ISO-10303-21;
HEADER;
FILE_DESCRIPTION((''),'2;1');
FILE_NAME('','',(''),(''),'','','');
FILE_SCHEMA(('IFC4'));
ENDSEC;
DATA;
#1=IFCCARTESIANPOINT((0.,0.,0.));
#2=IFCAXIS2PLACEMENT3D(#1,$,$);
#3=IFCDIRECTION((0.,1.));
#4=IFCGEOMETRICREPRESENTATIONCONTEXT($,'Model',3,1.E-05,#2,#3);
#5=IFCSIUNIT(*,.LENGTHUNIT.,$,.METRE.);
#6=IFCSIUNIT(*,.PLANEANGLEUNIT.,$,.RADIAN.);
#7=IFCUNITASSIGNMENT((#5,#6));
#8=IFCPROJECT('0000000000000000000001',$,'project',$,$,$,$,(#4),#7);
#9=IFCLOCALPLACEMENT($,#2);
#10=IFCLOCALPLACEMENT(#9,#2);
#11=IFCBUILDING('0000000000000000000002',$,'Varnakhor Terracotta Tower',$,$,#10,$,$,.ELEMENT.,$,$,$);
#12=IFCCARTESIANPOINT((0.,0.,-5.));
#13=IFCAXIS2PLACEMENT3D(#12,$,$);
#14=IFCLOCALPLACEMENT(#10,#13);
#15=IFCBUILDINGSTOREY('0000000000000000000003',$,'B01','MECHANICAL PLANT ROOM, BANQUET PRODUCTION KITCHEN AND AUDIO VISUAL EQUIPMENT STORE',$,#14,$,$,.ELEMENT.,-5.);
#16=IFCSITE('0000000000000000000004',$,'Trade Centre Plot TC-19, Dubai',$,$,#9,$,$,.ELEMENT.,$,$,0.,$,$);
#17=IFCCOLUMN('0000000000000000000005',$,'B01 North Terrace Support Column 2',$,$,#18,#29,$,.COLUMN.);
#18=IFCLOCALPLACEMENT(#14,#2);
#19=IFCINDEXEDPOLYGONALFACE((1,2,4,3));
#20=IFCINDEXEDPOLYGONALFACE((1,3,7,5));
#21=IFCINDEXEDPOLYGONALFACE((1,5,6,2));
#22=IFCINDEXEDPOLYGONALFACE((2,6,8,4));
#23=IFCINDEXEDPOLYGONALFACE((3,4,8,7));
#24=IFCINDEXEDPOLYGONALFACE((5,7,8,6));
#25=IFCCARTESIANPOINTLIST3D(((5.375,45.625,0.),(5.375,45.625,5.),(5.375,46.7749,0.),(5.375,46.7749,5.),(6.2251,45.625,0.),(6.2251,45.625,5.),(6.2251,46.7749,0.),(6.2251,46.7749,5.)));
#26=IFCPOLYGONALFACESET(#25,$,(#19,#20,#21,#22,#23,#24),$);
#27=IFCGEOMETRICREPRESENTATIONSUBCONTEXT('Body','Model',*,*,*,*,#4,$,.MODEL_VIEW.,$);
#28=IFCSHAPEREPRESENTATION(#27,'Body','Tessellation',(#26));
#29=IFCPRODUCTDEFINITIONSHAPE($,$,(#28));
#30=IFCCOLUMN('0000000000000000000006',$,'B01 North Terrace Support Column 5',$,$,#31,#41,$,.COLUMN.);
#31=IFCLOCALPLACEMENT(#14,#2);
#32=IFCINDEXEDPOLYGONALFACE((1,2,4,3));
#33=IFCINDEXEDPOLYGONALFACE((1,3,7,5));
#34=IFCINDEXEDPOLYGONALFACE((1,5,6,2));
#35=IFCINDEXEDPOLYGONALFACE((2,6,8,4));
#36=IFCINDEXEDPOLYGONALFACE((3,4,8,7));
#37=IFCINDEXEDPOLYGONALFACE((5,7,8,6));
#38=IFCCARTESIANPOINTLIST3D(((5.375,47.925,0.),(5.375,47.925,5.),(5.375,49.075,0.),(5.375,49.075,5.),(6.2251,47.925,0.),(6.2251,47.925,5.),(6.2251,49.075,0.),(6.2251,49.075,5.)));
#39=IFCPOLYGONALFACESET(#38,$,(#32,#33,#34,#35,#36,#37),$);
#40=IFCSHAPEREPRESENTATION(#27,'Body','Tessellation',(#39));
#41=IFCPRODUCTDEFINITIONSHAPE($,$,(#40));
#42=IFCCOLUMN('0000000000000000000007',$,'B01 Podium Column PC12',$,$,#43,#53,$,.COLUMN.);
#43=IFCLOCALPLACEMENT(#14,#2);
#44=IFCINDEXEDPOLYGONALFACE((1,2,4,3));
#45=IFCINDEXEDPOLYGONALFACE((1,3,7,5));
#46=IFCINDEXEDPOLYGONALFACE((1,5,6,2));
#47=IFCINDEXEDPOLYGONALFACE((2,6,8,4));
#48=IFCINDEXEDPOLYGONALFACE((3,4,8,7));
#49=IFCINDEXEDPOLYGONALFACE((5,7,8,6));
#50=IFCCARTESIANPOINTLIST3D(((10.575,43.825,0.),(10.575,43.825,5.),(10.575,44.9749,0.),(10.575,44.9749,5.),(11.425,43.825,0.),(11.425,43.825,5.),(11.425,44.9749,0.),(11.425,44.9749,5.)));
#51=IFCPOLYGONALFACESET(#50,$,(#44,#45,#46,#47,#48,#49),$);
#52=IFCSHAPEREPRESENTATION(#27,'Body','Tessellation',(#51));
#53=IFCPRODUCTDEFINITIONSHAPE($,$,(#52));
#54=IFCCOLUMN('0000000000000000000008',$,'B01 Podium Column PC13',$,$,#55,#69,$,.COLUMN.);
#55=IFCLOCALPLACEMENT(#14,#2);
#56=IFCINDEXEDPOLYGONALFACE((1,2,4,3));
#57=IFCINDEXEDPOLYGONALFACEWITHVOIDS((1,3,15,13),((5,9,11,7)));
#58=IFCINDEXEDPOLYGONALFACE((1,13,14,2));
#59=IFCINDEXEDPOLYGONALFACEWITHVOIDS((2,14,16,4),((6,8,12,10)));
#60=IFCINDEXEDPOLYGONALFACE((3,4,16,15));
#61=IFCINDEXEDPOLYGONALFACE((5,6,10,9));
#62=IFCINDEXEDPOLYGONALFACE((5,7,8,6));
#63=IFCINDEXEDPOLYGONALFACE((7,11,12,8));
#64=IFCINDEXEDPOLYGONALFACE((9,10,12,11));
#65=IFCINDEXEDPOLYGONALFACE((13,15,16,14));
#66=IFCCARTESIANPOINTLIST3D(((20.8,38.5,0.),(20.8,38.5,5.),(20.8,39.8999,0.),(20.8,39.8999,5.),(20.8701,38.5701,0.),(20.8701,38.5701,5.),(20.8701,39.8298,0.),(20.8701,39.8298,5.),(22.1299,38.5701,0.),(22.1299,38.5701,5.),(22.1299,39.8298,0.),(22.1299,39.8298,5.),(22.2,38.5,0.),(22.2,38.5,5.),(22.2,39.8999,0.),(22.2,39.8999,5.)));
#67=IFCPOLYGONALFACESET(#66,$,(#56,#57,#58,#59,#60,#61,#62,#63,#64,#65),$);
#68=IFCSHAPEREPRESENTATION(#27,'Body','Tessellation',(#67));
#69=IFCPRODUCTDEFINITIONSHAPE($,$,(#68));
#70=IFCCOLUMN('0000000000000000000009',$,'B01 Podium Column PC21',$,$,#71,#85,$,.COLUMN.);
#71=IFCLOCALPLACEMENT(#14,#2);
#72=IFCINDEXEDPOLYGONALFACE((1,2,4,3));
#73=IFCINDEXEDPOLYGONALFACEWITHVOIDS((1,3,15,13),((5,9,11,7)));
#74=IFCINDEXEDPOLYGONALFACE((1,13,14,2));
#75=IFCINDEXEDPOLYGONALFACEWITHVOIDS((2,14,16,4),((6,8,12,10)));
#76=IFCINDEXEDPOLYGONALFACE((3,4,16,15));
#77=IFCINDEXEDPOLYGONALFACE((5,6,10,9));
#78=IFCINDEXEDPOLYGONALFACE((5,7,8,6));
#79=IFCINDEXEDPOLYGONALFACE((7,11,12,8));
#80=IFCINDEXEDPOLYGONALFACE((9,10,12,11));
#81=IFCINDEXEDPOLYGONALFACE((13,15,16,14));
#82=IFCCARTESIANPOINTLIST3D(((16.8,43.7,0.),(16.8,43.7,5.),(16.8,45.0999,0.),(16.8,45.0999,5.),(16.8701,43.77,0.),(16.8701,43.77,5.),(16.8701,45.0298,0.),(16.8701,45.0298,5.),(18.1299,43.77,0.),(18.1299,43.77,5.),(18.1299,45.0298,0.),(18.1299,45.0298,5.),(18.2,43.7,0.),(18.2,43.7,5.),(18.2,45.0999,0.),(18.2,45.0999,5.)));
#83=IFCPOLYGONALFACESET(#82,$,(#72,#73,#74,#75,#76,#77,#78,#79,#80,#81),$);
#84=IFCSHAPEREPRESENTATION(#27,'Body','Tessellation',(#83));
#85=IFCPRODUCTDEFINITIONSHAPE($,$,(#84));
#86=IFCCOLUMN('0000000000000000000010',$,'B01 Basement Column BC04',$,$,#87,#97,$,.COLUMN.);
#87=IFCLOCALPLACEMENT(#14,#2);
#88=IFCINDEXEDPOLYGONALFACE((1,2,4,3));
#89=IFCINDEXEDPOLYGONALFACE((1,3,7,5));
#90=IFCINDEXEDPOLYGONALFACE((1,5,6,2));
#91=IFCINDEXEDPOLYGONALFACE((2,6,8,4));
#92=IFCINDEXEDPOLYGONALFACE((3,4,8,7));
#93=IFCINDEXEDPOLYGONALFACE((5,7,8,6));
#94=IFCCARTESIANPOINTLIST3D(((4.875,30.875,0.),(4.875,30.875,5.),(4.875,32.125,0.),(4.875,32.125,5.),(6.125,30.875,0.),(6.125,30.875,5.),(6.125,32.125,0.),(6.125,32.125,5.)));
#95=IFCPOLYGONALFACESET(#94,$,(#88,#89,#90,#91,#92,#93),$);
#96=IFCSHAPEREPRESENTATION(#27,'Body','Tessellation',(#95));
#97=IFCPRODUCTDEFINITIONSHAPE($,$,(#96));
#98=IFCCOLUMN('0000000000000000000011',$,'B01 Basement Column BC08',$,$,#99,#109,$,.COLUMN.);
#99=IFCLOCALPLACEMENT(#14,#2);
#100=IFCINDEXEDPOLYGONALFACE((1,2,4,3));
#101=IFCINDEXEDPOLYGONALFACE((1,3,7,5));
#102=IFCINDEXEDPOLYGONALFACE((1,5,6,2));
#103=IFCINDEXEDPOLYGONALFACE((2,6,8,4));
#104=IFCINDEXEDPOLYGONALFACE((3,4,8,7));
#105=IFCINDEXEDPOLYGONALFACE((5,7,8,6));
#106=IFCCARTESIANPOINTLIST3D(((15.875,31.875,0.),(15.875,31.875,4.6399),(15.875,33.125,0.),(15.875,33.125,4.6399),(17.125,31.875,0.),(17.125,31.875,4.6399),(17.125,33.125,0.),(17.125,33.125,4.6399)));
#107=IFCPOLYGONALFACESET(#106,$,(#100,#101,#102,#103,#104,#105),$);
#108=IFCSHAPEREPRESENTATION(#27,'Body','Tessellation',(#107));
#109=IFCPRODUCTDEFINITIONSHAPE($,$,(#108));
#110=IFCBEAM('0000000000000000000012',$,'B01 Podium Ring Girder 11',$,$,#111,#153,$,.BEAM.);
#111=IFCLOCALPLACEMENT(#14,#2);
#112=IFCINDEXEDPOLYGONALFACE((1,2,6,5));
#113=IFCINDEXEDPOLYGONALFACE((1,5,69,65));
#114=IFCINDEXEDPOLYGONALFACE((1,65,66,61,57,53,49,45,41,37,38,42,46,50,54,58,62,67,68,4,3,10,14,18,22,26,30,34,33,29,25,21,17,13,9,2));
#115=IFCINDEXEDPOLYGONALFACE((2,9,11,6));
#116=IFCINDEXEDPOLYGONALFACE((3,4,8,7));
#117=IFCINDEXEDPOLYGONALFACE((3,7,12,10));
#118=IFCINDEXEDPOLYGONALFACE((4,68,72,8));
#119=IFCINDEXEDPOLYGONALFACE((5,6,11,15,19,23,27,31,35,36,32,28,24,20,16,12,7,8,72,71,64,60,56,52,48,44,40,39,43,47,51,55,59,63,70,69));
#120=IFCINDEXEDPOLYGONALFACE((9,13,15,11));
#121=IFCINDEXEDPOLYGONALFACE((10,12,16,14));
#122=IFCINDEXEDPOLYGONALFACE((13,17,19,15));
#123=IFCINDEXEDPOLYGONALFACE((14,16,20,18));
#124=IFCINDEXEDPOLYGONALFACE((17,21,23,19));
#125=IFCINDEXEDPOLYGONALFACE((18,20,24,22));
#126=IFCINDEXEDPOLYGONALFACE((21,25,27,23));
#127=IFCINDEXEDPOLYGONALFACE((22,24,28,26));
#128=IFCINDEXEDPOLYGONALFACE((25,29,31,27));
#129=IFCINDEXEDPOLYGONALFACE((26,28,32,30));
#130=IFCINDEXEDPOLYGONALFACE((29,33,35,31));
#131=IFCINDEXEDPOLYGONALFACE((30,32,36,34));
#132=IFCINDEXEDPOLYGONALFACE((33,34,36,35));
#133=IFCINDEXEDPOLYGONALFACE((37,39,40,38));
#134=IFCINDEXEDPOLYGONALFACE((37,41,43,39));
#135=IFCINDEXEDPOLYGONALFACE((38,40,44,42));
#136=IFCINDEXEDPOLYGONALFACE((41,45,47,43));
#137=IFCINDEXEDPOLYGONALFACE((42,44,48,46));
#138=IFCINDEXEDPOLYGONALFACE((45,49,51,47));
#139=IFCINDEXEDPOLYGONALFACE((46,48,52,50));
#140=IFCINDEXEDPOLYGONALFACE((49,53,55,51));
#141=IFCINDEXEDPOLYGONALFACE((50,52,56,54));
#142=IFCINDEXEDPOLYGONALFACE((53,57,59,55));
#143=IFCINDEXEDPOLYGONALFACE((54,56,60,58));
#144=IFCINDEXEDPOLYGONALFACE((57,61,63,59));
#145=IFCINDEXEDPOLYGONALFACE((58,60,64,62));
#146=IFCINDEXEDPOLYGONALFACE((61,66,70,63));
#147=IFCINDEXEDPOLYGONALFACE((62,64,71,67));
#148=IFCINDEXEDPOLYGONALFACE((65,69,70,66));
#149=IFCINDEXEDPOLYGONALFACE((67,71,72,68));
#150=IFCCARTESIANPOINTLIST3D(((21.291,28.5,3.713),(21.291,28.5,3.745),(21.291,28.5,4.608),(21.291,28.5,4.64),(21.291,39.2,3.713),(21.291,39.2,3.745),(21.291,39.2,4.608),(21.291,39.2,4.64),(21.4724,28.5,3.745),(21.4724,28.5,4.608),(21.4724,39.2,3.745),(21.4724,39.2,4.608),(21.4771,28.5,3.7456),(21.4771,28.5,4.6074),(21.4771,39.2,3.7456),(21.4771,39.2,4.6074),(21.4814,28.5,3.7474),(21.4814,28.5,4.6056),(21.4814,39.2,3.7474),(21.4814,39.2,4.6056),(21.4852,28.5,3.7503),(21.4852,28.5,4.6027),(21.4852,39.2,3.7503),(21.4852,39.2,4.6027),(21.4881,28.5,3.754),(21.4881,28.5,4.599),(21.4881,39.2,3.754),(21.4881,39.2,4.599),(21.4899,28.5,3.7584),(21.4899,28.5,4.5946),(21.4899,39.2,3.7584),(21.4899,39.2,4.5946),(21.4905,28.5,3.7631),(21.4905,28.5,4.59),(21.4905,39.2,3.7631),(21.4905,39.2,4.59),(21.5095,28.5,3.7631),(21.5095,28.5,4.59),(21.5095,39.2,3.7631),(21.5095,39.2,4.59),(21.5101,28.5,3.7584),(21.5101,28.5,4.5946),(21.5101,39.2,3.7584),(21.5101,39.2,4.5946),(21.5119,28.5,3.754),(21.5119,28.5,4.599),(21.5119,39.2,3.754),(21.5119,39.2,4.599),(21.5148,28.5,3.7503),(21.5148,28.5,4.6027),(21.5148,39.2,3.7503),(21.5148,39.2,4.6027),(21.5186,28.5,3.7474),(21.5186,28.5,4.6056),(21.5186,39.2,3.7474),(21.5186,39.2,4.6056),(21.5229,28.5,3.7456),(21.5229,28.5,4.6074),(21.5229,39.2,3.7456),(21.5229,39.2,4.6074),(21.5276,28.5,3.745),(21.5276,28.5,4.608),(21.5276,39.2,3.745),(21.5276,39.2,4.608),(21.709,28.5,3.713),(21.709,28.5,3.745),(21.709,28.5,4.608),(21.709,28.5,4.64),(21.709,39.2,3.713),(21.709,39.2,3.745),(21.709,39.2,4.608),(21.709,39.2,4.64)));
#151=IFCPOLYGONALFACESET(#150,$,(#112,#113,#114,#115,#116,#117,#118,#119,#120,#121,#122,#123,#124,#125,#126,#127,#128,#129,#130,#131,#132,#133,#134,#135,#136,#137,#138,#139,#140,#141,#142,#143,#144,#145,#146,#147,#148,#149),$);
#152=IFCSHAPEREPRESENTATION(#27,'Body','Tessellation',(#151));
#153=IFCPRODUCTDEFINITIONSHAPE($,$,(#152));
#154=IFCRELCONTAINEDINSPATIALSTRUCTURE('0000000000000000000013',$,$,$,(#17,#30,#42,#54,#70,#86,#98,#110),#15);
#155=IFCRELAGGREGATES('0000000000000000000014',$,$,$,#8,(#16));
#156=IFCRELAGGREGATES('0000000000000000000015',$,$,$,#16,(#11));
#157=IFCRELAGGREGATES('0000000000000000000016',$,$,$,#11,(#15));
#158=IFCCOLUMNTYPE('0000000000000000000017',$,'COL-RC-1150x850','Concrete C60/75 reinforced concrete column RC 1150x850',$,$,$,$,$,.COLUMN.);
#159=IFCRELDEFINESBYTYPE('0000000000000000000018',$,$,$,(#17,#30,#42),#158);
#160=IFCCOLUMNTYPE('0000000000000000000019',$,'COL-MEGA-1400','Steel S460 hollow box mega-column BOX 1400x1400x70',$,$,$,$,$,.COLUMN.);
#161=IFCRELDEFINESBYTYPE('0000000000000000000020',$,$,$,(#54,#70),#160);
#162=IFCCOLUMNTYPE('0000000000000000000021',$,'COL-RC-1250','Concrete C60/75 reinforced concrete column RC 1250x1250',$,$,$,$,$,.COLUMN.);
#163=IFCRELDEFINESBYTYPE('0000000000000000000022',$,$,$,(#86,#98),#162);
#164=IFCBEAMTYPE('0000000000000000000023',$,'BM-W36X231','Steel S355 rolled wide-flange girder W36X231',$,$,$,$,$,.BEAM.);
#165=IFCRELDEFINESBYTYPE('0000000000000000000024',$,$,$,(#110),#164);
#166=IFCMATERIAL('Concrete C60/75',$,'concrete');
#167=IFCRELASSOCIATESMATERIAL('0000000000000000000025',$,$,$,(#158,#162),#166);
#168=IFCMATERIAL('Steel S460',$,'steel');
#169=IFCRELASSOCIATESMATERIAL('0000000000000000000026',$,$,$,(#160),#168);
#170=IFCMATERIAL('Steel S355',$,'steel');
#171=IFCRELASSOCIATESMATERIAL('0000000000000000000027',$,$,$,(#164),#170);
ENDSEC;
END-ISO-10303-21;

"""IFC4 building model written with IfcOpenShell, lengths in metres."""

from ifc_helpers import new_model, si_unit, direction, frame, origin, origin_2d, place, context, subcontext, project, spatial, rectangle, hollow_rectangle, i_section, extrude, source, transform, mapped, material, material_profile, profile_set, type_object, type_shapes, element, save


model = new_model("IFC4")

# Units and contexts
model_context = context("Model", 3, precision=1e-05, world=origin(), true_north=direction((0.0, 1.0)))
body_context = subcontext(model_context, "Body", "Model", "MODEL_VIEW")
ifc_project = project(units=[si_unit("LENGTHUNIT", "METRE"), si_unit("PLANEANGLEUNIT", "RADIAN")], contexts=[model_context])

# Site, building, storey
site_placement = place(None, origin())
site = spatial("IfcSite", under=ifc_project, at=site_placement, Name="Trade Centre Plot TC-19, Dubai", CompositionType="ELEMENT", RefElevation=0.0)
building_placement = place(site_placement, origin())
building = spatial("IfcBuilding", under=site, at=building_placement, Name="Varnakhor Terracotta Tower", CompositionType="ELEMENT")
storey_placement = place(building_placement, frame((0.0, 0.0, -5.0)))
storey = spatial("IfcBuildingStorey", under=building, at=storey_placement, Name="B01", Description="MECHANICAL PLANT ROOM, BANQUET PRODUCTION KITCHEN AND AUDIO VISUAL EQUIPMENT STORE", CompositionType="ELEMENT", Elevation=-5.0)

# Columns
ifc_material_1 = material(Name="Concrete C60/75", Category="concrete")
ifc_material_profile_1 = material_profile(ifc_material_1, rectangle(XDim=0.8501, YDim=1.1499, at=origin_2d()), Name="RC 1150x850")
ifc_profile_set_1 = profile_set([ifc_material_profile_1], Name="Concrete C60/75")
column_type_1 = type_object("IfcColumnType", Name="COL-RC-1150x850", Description="Concrete C60/75 reinforced concrete column RC 1150x850", PredefinedType="COLUMN", material=ifc_profile_set_1)
shared_shape_1 = source(origin(), body_context, "Body", "SweptSolid", [
    extrude(rectangle(XDim=0.8501, YDim=1.1499, at=origin_2d()), origin(), (0.0, 0.0, 1.0), 5.0),
])
type_shapes(column_type_1, [shared_shape_1])
for number, where, z_axis, x_axis, name in (
    (1, (5.8, 46.2, 0.0), (0.0, 0.0, 1.0), (1.0, 0.0, 0.0), "B01 North Terrace Support Column 2"),
    (2, (5.8, 48.5, 0.0), (0.0, 0.0, 1.0), (1.0, 0.0, 0.0), "B01 North Terrace Support Column 5"),
    (3, (11.0, 44.3999, 0.0), (0.0, 0.0, 1.0), (1.0, 0.0, 0.0), "B01 Podium Column PC12"),
):
    element("IfcColumn", number, at=place(storey_placement, frame(where, z_axis=z_axis, x_axis=x_axis)), inside=storey, type_object=column_type_1, Name=name, PredefinedType="COLUMN", context=body_context, shape_type="MappedRepresentation", body=[
        mapped(shared_shape_1, transform((0.0, 0.0, 0.0), scale=1.0)),
    ])
ifc_material_2 = material(Name="Steel S460", Category="steel")
ifc_material_profile_2 = material_profile(ifc_material_2, hollow_rectangle(XDim=1.3999, YDim=1.3999, WallThickness=0.0701, at=origin_2d()), Name="BOX 1400x1400x70")
ifc_profile_set_2 = profile_set([ifc_material_profile_2], Name="Steel S460")
column_type_2 = type_object("IfcColumnType", Name="COL-MEGA-1400", Description="Steel S460 hollow box mega-column BOX 1400x1400x70", PredefinedType="COLUMN", material=ifc_profile_set_2)
shared_shape_2 = source(origin(), body_context, "Body", "SweptSolid", [
    extrude(hollow_rectangle(XDim=1.3999, YDim=1.3999, WallThickness=0.0701, at=origin_2d()), origin(), (0.0, 0.0, 1.0), 5.0),
])
type_shapes(column_type_2, [shared_shape_2])
for number, where, z_axis, x_axis, name in (
    (4, (21.5, 39.2, 0.0), (0.0, 0.0, 1.0), (1.0, 0.0, 0.0), "B01 Podium Column PC13"),
    (5, (17.5, 44.3999, 0.0), (0.0, 0.0, 1.0), (1.0, 0.0, 0.0), "B01 Podium Column PC21"),
):
    element("IfcColumn", number, at=place(storey_placement, frame(where, z_axis=z_axis, x_axis=x_axis)), inside=storey, type_object=column_type_2, Name=name, PredefinedType="COLUMN", context=body_context, shape_type="MappedRepresentation", body=[
        mapped(shared_shape_2, transform((0.0, 0.0, 0.0), scale=1.0)),
    ])
ifc_material_profile_3 = material_profile(ifc_material_1, rectangle(XDim=1.25, YDim=1.25, at=origin_2d()), Name="RC 1250x1250")
ifc_profile_set_3 = profile_set([ifc_material_profile_3], Name="Concrete C60/75")
column_type_3 = type_object("IfcColumnType", Name="COL-RC-1250", Description="Concrete C60/75 reinforced concrete column RC 1250x1250", PredefinedType="COLUMN", material=ifc_profile_set_3)
shared_shape_3 = source(origin(), body_context, "Body", "SweptSolid", [
    extrude(rectangle(XDim=1.25, YDim=1.25, at=origin_2d()), origin(), (0.0, 0.0, 1.0), 5.0),
])
type_shapes(column_type_3, [shared_shape_3])
column_1_placement = place(storey_placement, frame((5.5, 31.5, 0.0), z_axis=(0.0, 0.0, 1.0), x_axis=(1.0, 0.0, 0.0)))
element("IfcColumn", 6, at=column_1_placement, inside=storey, type_object=column_type_3, Name="B01 Basement Column BC04", PredefinedType="COLUMN", context=body_context, shape_type="MappedRepresentation", body=[
    mapped(shared_shape_3, transform((0.0, 0.0, 0.0), scale=1.0)),
])
shared_shape_4 = source(origin(), body_context, "Body", "SweptSolid", [
    extrude(rectangle(XDim=1.25, YDim=1.25, at=origin_2d()), origin(), (0.0, 0.0, 1.0), 4.6399),
])
column_2_placement = place(storey_placement, frame((16.5, 32.5, 0.0), z_axis=(0.0, 0.0, 1.0), x_axis=(1.0, 0.0, 0.0)))
element("IfcColumn", 7, at=column_2_placement, inside=storey, type_object=column_type_3, Name="B01 Basement Column BC08", PredefinedType="COLUMN", context=body_context, shape_type="MappedRepresentation", body=[
    mapped(shared_shape_4, transform((0.0, 0.0, 0.0), scale=1.0)),
])

# Beam
ifc_material_3 = material(Name="Steel S355", Category="steel")
ifc_material_profile_4 = material_profile(ifc_material_3, i_section(OverallWidth=0.418, OverallDepth=0.927, WebThickness=0.019, FlangeThickness=0.032, FilletRadius=0.0181, at=origin_2d()), Name="W36X231")
ifc_profile_set_4 = profile_set([ifc_material_profile_4], Name="Steel S355")
beam_type_1 = type_object("IfcBeamType", Name="BM-W36X231", Description="Steel S355 rolled wide-flange girder W36X231", PredefinedType="BEAM", material=ifc_profile_set_4)
shared_shape_5 = source(origin(), body_context, "Body", "SweptSolid", [
    extrude(i_section(OverallWidth=0.418, OverallDepth=0.927, WebThickness=0.019, FlangeThickness=0.032, FilletRadius=0.0181, at=origin_2d()), origin(), (0.0, 0.0, 1.0), 10.7),
])
beam_1_placement = place(storey_placement, frame((21.5, 39.2, 4.1765), z_axis=(0.0, -1.0, 0.0), x_axis=(1.0, 0.0, 0.0)))
element("IfcBeam", 8, at=beam_1_placement, inside=storey, type_object=beam_type_1, Name="B01 Podium Ring Girder 11", PredefinedType="BEAM", context=body_context, shape_type="MappedRepresentation", body=[
    mapped(shared_shape_5, transform((0.0, 0.0, 0.0), scale=1.0)),
])

save(model, "model.ifc")
